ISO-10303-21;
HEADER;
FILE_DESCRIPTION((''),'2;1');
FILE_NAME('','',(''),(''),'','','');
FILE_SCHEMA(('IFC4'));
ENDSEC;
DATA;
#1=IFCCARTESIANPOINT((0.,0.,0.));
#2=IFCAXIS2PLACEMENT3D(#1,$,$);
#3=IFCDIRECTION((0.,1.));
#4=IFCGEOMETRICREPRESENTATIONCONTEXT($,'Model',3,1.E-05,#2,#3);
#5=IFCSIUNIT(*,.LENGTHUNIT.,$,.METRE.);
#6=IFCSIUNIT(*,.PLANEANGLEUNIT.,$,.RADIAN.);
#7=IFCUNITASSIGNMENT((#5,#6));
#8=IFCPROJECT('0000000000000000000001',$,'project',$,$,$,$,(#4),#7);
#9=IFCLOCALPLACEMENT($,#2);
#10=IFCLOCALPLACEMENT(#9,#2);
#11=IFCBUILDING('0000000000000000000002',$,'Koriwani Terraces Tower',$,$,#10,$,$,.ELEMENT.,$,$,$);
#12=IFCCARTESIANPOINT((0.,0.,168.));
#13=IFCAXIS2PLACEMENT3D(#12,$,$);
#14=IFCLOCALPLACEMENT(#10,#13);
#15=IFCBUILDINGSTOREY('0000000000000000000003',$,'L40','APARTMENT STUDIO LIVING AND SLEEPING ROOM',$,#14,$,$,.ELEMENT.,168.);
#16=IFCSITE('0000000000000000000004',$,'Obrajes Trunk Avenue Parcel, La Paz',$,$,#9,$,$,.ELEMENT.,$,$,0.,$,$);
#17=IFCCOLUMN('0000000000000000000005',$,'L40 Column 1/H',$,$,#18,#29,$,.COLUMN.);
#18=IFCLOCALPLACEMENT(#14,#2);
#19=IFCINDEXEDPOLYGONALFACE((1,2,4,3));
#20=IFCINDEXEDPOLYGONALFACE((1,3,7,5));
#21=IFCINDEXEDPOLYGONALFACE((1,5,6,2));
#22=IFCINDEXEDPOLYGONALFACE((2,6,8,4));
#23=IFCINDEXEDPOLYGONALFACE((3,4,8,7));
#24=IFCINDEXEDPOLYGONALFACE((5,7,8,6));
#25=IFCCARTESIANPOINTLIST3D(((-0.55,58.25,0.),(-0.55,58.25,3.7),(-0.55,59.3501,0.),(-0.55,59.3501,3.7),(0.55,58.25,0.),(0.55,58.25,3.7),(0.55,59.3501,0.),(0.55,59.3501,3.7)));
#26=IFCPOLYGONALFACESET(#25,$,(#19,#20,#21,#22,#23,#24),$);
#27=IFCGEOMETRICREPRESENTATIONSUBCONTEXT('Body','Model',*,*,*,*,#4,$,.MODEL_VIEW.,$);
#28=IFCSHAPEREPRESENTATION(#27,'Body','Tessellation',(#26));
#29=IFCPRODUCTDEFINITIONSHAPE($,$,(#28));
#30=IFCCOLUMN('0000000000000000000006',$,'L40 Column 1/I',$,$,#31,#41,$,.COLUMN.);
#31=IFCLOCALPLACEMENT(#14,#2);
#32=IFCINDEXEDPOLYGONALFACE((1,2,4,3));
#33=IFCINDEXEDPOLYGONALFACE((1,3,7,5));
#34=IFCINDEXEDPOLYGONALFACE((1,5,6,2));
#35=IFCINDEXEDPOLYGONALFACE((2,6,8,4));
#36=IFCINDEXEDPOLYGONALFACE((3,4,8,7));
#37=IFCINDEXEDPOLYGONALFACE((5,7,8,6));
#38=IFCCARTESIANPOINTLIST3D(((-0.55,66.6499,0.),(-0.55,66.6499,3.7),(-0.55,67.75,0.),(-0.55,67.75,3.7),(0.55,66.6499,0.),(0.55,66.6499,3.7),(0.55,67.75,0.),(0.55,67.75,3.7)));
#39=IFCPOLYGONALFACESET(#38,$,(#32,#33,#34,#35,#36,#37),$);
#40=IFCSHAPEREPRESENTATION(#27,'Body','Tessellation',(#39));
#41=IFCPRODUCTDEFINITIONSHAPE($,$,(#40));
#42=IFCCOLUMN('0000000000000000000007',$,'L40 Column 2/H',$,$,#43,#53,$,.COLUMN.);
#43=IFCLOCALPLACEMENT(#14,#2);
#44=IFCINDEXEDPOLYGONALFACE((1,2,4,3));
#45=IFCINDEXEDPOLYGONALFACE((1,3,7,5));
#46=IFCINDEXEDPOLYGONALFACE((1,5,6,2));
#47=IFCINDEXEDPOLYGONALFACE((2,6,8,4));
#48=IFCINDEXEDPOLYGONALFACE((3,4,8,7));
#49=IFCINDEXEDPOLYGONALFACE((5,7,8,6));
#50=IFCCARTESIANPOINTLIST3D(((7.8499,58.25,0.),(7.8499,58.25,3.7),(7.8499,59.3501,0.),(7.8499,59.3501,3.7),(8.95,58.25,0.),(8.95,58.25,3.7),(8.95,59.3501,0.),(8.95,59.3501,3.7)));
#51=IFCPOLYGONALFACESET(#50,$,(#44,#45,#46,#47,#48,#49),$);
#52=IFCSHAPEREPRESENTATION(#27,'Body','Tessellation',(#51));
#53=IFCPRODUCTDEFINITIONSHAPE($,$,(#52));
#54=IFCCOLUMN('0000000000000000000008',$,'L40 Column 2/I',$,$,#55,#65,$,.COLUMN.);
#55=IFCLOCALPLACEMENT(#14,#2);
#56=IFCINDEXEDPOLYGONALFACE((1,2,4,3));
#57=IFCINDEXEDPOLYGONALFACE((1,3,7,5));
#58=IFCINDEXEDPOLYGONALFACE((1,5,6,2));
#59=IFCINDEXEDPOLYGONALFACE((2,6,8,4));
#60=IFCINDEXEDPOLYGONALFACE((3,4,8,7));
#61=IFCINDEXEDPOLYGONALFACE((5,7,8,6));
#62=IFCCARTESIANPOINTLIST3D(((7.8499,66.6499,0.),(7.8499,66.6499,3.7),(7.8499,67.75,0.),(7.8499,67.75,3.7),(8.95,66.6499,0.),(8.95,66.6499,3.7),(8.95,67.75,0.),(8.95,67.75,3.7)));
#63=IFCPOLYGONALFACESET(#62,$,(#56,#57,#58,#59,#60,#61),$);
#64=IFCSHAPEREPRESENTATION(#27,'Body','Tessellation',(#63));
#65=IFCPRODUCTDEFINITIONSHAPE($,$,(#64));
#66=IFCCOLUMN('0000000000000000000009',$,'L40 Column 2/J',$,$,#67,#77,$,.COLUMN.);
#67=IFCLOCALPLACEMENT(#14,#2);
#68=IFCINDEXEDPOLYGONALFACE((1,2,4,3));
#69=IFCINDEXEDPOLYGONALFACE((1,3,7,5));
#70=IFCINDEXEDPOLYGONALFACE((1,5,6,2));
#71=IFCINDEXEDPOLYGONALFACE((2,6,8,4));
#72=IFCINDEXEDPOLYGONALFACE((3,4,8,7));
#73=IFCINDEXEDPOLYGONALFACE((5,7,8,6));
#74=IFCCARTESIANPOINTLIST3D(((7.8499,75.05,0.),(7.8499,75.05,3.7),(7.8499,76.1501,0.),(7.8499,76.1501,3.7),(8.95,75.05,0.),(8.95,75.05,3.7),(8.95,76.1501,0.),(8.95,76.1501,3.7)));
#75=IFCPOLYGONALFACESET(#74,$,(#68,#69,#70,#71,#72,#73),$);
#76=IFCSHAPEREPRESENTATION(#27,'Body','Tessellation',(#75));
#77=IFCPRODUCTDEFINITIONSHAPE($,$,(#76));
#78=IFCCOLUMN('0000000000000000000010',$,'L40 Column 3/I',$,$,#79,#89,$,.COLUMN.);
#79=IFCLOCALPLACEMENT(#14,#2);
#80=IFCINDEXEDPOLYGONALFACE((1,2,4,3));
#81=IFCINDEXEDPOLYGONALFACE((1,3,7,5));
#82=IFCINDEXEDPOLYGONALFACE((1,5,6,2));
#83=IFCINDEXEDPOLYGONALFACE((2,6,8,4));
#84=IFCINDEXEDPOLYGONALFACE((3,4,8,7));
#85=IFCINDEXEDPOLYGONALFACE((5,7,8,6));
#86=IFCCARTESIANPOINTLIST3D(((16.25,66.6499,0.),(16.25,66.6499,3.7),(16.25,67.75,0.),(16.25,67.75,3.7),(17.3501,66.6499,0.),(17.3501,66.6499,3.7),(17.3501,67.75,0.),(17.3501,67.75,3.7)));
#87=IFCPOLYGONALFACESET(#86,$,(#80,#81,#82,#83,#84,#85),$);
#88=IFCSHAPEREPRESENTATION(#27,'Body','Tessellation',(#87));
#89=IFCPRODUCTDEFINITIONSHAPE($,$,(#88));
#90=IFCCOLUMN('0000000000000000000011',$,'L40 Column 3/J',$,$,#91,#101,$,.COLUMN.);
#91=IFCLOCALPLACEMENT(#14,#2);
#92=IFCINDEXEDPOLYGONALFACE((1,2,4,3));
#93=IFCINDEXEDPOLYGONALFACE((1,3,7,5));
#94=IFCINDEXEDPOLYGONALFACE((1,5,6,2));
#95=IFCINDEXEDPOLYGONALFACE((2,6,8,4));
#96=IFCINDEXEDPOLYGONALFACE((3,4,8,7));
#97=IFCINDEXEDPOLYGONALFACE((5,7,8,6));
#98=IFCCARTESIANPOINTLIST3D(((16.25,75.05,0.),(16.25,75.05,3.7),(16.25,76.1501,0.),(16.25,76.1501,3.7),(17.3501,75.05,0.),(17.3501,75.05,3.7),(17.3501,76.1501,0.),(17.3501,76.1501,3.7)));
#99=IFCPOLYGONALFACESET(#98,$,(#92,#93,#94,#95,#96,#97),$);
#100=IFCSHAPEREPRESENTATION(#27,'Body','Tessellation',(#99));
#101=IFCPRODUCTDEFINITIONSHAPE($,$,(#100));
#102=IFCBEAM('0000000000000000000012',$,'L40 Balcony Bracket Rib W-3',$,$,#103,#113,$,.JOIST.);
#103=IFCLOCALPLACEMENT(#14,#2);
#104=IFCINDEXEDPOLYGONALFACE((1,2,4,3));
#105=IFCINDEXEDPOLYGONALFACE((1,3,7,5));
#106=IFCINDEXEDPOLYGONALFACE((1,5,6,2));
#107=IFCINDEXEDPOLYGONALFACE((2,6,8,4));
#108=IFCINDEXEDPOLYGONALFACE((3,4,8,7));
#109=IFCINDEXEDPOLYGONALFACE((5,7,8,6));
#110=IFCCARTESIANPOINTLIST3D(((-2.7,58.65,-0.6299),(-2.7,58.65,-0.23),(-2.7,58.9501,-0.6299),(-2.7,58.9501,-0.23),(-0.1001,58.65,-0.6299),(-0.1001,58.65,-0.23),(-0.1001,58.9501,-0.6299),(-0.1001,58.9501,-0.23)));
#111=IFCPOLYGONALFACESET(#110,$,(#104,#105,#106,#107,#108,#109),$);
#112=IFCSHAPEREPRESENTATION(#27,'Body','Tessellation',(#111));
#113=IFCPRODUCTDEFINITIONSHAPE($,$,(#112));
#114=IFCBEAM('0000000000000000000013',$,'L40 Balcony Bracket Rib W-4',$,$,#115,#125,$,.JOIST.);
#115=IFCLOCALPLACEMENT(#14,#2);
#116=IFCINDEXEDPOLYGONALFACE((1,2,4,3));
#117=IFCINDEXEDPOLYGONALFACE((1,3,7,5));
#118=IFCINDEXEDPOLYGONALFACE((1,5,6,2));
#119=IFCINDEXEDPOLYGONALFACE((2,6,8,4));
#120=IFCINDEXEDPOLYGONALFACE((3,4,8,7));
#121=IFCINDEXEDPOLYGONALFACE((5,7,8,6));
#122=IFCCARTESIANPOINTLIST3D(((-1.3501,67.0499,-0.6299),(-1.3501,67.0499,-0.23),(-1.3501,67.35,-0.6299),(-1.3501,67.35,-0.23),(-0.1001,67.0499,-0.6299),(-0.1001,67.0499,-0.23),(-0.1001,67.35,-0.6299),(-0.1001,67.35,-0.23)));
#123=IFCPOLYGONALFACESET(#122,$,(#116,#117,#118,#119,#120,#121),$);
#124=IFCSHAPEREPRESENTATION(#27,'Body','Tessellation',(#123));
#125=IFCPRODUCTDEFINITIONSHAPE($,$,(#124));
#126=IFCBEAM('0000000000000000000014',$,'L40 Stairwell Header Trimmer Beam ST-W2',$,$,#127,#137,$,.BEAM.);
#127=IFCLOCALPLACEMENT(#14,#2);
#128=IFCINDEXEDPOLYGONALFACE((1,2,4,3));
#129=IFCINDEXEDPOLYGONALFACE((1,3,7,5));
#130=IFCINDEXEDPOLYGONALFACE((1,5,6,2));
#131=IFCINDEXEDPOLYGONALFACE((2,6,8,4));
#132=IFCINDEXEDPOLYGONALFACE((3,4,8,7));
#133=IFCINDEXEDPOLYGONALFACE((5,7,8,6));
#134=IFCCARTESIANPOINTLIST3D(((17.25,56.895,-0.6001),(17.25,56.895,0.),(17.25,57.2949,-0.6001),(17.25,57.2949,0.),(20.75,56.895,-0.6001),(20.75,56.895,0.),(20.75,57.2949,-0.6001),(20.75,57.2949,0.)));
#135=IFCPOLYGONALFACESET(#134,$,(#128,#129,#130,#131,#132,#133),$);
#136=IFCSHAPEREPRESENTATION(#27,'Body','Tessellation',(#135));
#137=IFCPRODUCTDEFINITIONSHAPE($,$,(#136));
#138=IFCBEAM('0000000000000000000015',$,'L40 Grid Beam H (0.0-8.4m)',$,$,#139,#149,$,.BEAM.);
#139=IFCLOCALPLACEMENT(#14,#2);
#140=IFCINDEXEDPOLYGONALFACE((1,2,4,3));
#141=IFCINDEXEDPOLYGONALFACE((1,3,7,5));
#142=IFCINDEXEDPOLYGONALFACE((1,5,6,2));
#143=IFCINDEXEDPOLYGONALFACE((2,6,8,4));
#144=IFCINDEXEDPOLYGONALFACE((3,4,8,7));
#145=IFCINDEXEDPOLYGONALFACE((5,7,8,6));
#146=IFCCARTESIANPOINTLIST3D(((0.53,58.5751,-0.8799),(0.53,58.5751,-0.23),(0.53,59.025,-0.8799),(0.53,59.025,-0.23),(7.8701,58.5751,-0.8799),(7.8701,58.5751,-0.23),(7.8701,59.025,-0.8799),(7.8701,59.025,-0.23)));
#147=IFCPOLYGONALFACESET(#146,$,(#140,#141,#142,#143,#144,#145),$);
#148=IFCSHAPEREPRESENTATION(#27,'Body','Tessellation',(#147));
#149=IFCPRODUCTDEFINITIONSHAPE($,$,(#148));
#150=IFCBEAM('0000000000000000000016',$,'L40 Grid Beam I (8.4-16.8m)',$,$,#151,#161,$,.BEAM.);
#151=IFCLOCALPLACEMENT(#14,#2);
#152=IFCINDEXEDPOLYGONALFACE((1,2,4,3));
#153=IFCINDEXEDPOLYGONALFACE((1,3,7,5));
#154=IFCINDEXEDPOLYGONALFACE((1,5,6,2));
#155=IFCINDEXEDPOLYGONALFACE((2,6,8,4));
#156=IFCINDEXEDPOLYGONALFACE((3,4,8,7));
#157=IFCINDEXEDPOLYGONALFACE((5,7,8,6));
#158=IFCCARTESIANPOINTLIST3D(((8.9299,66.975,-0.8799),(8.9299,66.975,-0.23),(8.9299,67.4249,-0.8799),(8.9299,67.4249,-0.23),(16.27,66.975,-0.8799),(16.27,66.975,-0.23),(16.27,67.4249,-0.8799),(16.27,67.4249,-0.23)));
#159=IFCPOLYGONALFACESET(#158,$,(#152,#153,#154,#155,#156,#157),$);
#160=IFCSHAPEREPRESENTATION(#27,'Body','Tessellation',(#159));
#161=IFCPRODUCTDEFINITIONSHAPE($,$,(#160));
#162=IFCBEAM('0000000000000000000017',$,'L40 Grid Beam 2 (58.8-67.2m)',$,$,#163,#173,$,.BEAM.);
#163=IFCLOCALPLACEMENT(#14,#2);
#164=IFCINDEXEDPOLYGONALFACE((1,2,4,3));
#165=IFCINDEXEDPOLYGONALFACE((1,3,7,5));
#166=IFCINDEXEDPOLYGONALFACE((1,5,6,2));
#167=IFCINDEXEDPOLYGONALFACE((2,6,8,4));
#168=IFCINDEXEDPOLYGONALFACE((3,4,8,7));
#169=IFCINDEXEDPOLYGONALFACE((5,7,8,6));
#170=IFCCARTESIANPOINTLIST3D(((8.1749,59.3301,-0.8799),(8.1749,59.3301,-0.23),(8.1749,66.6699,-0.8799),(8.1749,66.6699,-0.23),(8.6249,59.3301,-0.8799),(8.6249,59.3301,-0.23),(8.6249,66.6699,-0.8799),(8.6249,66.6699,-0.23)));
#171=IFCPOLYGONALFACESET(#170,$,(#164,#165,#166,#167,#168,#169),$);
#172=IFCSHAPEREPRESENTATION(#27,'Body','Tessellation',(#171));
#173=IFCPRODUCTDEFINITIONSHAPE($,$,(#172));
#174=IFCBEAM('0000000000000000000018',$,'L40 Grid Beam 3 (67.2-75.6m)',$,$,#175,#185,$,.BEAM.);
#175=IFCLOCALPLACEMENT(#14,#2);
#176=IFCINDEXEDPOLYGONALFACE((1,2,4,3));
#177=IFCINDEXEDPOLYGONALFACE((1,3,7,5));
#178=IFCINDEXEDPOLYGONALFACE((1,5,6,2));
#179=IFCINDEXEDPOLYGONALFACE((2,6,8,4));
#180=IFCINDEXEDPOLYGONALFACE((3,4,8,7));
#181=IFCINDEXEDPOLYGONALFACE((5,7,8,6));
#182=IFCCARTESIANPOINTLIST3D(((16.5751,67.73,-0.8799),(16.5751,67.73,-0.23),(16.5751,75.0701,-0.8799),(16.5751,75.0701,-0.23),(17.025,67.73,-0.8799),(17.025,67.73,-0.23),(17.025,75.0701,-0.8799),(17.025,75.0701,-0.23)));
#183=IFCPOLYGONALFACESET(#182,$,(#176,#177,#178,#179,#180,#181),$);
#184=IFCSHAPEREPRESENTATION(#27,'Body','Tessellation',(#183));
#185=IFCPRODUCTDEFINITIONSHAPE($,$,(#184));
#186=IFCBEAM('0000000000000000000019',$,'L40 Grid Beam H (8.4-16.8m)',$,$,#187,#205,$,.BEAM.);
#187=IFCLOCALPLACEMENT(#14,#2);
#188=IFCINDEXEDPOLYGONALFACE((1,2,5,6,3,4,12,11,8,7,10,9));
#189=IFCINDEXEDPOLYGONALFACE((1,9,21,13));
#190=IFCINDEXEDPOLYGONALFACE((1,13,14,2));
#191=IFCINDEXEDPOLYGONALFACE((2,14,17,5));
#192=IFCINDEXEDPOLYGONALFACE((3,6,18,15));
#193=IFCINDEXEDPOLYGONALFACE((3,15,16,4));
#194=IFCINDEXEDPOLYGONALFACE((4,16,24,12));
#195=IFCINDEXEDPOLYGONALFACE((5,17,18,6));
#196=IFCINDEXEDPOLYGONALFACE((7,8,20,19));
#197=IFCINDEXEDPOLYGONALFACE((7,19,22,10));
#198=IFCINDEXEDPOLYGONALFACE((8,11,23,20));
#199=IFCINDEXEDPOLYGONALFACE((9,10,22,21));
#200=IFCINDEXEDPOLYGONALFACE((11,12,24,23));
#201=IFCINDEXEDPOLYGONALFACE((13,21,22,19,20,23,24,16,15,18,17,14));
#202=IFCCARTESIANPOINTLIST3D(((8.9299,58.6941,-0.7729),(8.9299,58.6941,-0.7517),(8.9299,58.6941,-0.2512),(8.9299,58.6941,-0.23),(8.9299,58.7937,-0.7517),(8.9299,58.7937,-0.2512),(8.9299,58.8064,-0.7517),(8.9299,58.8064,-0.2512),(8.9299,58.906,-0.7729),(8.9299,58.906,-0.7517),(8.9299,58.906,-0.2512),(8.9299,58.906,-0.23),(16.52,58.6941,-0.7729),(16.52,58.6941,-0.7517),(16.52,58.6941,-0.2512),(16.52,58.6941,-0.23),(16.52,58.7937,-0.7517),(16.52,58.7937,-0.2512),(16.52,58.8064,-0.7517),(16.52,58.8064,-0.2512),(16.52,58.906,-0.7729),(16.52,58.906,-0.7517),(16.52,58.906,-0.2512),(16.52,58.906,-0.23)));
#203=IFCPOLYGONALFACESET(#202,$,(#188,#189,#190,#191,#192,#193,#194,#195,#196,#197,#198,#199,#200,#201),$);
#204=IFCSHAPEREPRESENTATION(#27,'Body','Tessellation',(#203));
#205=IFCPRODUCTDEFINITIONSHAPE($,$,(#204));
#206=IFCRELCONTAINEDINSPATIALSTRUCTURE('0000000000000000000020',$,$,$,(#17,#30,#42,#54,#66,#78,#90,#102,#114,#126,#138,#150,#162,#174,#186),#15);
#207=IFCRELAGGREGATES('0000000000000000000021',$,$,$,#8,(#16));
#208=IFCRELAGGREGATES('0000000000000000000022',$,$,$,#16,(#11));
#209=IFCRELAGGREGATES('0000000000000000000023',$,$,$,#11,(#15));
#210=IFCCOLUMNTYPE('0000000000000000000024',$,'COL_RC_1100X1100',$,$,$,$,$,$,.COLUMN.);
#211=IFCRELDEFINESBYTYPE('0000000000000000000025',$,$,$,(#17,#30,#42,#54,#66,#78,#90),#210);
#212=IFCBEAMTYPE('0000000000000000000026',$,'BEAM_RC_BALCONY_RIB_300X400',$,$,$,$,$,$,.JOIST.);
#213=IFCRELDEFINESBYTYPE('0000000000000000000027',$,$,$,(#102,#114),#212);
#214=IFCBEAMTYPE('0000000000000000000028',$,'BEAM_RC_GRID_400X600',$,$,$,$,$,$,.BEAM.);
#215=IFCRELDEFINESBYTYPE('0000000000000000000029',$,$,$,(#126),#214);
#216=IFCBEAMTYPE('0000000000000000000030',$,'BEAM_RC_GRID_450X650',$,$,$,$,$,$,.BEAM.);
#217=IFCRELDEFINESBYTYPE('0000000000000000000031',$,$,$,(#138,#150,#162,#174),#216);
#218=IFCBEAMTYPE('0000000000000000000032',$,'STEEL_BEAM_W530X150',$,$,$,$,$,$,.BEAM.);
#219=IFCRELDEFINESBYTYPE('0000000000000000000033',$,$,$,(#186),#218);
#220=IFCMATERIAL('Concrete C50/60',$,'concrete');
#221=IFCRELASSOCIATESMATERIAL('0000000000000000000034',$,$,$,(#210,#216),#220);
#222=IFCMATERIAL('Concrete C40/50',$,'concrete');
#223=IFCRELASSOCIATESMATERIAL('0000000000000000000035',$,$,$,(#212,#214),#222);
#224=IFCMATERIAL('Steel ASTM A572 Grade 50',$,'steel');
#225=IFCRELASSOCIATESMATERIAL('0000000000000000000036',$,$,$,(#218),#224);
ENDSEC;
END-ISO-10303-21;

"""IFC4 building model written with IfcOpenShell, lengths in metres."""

from ifc_helpers import new_model, si_unit, direction, frame, origin, origin_2d, place, context, subcontext, project, spatial, rectangle, i_section, extrude, material, material_profile, profile_set, type_object, element, save


model = new_model("IFC4")

# Units and contexts
model_context = context("Model", 3, precision=1e-05, world=origin(), true_north=direction((0.0, 1.0)))
body_context = subcontext(model_context, "Body", "Model", "MODEL_VIEW")
ifc_project = project(units=[si_unit("LENGTHUNIT", "METRE"), si_unit("PLANEANGLEUNIT", "RADIAN")], contexts=[model_context])

# Site, building, storey
site_placement = place(None, origin())
site = spatial("IfcSite", under=ifc_project, at=site_placement, Name="Obrajes Trunk Avenue Parcel, La Paz", CompositionType="ELEMENT", RefElevation=0.0)
building_placement = place(site_placement, origin())
building = spatial("IfcBuilding", under=site, at=building_placement, Name="Koriwani Terraces Tower", CompositionType="ELEMENT")
storey_placement = place(building_placement, frame((0.0, 0.0, 168.0)))
storey = spatial("IfcBuildingStorey", under=building, at=storey_placement, Name="L40", Description="APARTMENT STUDIO LIVING AND SLEEPING ROOM", CompositionType="ELEMENT", Elevation=168.0)

# Columns
ifc_material_1 = material(Name="Concrete C50/60", Category="concrete")
ifc_material_profile_1 = material_profile(ifc_material_1, rectangle(XDim=1.1001, YDim=1.1001, at=origin_2d()), Name="Concrete C50/60", Category="LoadBearing")
ifc_profile_set_1 = profile_set([ifc_material_profile_1], Name="Concrete C50/60")
column_type = type_object("IfcColumnType", Name="COL_RC_1100X1100", PredefinedType="COLUMN", material=ifc_profile_set_1)
for number, where, z_axis, x_axis, name in (
    (1, (0.0, 58.8, 0.0), (0.0, 0.0, 1.0), (1.0, 0.0, 0.0), "L40 Column 1/H"),
    (2, (0.0, 67.2, 0.0), (0.0, 0.0, 1.0), (1.0, 0.0, 0.0), "L40 Column 1/I"),
    (3, (8.3999, 58.8, 0.0), (0.0, 0.0, 1.0), (1.0, 0.0, 0.0), "L40 Column 2/H"),
    (4, (8.3999, 67.2, 0.0), (0.0, 0.0, 1.0), (1.0, 0.0, 0.0), "L40 Column 2/I"),
    (5, (8.3999, 75.6001, 0.0), (0.0, 0.0, 1.0), (1.0, 0.0, 0.0), "L40 Column 2/J"),
    (6, (16.8, 67.2, 0.0), (0.0, 0.0, 1.0), (1.0, 0.0, 0.0), "L40 Column 3/I"),
    (7, (16.8, 75.6001, 0.0), (0.0, 0.0, 1.0), (1.0, 0.0, 0.0), "L40 Column 3/J"),
):
    element("IfcColumn", number, at=place(storey_placement, frame(where, z_axis=z_axis, x_axis=x_axis)), inside=storey, type_object=column_type, Name=name, PredefinedType="COLUMN", context=body_context, shape_type="SweptSolid", body=[
        extrude(rectangle(XDim=1.1001, YDim=1.1001, at=origin_2d()), origin(), (0.0, 0.0, 1.0), 3.7),
    ])

# Beams
ifc_material_2 = material(Name="Concrete C40/50", Category="concrete")
ifc_material_profile_2 = material_profile(ifc_material_2, rectangle(XDim=0.3, YDim=0.3999, at=origin_2d()), Name="Concrete C40/50", Category="LoadBearing")
ifc_profile_set_2 = profile_set([ifc_material_profile_2], Name="Concrete C40/50")
beam_type_1 = type_object("IfcBeamType", Name="BEAM_RC_BALCONY_RIB_300X400", PredefinedType="JOIST", material=ifc_profile_set_2)
beam_1_placement = place(storey_placement, frame((-2.7, 58.8, -0.4299), z_axis=(1.0, 0.0, 0.0), x_axis=(0.0, 1.0, 0.0)))
element("IfcBeam", 8, at=beam_1_placement, inside=storey, type_object=beam_type_1, Name="L40 Balcony Bracket Rib W-3", PredefinedType="JOIST", context=body_context, shape_type="SweptSolid", body=[
    extrude(rectangle(XDim=0.3, YDim=0.3999, at=origin_2d()), origin(), (0.0, 0.0, 1.0), 2.5999),
])
beam_2_placement = place(storey_placement, frame((-1.3501, 67.2, -0.4299), z_axis=(1.0, 0.0, 0.0), x_axis=(0.0, 1.0, 0.0)))
element("IfcBeam", 9, at=beam_2_placement, inside=storey, type_object=beam_type_1, Name="L40 Balcony Bracket Rib W-4", PredefinedType="JOIST", context=body_context, shape_type="SweptSolid", body=[
    extrude(rectangle(XDim=0.3, YDim=0.3999, at=origin_2d()), origin(), (0.0, 0.0, 1.0), 1.25),
])
ifc_material_profile_3 = material_profile(ifc_material_2, rectangle(XDim=0.3999, YDim=0.6001, at=origin_2d()), Name="Concrete C40/50", Category="LoadBearing")
ifc_profile_set_3 = profile_set([ifc_material_profile_3], Name="Concrete C40/50")
beam_type_2 = type_object("IfcBeamType", Name="BEAM_RC_GRID_400X600", PredefinedType="BEAM", material=ifc_profile_set_3)
beam_3_placement = place(storey_placement, frame((17.25, 57.095, -0.3), z_axis=(1.0, 0.0, 0.0), x_axis=(0.0, 1.0, 0.0)))
element("IfcBeam", 10, at=beam_3_placement, inside=storey, type_object=beam_type_2, Name="L40 Stairwell Header Trimmer Beam ST-W2", PredefinedType="BEAM", context=body_context, shape_type="SweptSolid", body=[
    extrude(rectangle(XDim=0.3999, YDim=0.6001, at=origin_2d()), origin(), (0.0, 0.0, 1.0), 3.5),
])
ifc_material_profile_4 = material_profile(ifc_material_1, rectangle(XDim=0.45, YDim=0.6499, at=origin_2d()), Name="Concrete C50/60", Category="LoadBearing")
ifc_profile_set_4 = profile_set([ifc_material_profile_4], Name="Concrete C50/60")
beam_type_3 = type_object("IfcBeamType", Name="BEAM_RC_GRID_450X650", PredefinedType="BEAM", material=ifc_profile_set_4)
for number, where, z_axis, x_axis, name in (
    (11, (0.53, 58.8, -0.5549), (1.0, 0.0, 0.0), (0.0, 1.0, 0.0), "L40 Grid Beam H (0.0-8.4m)"),
    (12, (8.9299, 67.2, -0.5549), (1.0, 0.0, 0.0), (0.0, 1.0, 0.0), "L40 Grid Beam I (8.4-16.8m)"),
):
    element("IfcBeam", number, at=place(storey_placement, frame(where, z_axis=z_axis, x_axis=x_axis)), inside=storey, type_object=beam_type_3, Name=name, PredefinedType="BEAM", context=body_context, shape_type="SweptSolid", body=[
        extrude(rectangle(XDim=0.45, YDim=0.6499, at=origin_2d()), origin(), (0.0, 0.0, 1.0), 7.3401),
    ])
beam_4_placement = place(storey_placement, frame((8.3999, 59.3301, -0.5549), z_axis=(0.0, 1.0, 0.0), x_axis=(-1.0, 0.0, 0.0)))
element("IfcBeam", 13, at=beam_4_placement, inside=storey, type_object=beam_type_3, Name="L40 Grid Beam 2 (58.8-67.2m)", PredefinedType="BEAM", context=body_context, shape_type="SweptSolid", body=[
    extrude(rectangle(XDim=0.45, YDim=0.6499, at=origin_2d()), origin(), (0.0, 0.0, 1.0), 7.3398),
])
beam_5_placement = place(storey_placement, frame((16.8, 67.73, -0.5549), z_axis=(0.0, 1.0, 0.0), x_axis=(-1.0, 0.0, 0.0)))
element("IfcBeam", 14, at=beam_5_placement, inside=storey, type_object=beam_type_3, Name="L40 Grid Beam 3 (67.2-75.6m)", PredefinedType="BEAM", context=body_context, shape_type="SweptSolid", body=[
    extrude(rectangle(XDim=0.45, YDim=0.6499, at=origin_2d()), origin(), (0.0, 0.0, 1.0), 7.3401),
])
ifc_material_3 = material(Name="Steel ASTM A572 Grade 50", Category="steel")
ifc_material_profile_5 = material_profile(ifc_material_3, i_section(OverallWidth=0.2119, OverallDepth=0.543, WebThickness=0.0127, FlangeThickness=0.0212, at=origin_2d()), Name="Steel ASTM A572 Grade 50", Category="LoadBearing")
ifc_profile_set_5 = profile_set([ifc_material_profile_5], Name="Steel ASTM A572 Grade 50")
beam_type_4 = type_object("IfcBeamType", Name="STEEL_BEAM_W530X150", PredefinedType="BEAM", material=ifc_profile_set_5)
beam_6_placement = place(storey_placement, frame((8.9299, 58.8, -0.5015), z_axis=(1.0, 0.0, 0.0), x_axis=(0.0, 1.0, 0.0)))
element("IfcBeam", 15, at=beam_6_placement, inside=storey, type_object=beam_type_4, Name="L40 Grid Beam H (8.4-16.8m)", PredefinedType="BEAM", context=body_context, shape_type="SweptSolid", body=[
    extrude(i_section(OverallWidth=0.2119, OverallDepth=0.543, WebThickness=0.0127, FlangeThickness=0.0212, at=origin_2d()), origin(), (0.0, 0.0, 1.0), 7.5901),
])

save(model, "model.ifc")
